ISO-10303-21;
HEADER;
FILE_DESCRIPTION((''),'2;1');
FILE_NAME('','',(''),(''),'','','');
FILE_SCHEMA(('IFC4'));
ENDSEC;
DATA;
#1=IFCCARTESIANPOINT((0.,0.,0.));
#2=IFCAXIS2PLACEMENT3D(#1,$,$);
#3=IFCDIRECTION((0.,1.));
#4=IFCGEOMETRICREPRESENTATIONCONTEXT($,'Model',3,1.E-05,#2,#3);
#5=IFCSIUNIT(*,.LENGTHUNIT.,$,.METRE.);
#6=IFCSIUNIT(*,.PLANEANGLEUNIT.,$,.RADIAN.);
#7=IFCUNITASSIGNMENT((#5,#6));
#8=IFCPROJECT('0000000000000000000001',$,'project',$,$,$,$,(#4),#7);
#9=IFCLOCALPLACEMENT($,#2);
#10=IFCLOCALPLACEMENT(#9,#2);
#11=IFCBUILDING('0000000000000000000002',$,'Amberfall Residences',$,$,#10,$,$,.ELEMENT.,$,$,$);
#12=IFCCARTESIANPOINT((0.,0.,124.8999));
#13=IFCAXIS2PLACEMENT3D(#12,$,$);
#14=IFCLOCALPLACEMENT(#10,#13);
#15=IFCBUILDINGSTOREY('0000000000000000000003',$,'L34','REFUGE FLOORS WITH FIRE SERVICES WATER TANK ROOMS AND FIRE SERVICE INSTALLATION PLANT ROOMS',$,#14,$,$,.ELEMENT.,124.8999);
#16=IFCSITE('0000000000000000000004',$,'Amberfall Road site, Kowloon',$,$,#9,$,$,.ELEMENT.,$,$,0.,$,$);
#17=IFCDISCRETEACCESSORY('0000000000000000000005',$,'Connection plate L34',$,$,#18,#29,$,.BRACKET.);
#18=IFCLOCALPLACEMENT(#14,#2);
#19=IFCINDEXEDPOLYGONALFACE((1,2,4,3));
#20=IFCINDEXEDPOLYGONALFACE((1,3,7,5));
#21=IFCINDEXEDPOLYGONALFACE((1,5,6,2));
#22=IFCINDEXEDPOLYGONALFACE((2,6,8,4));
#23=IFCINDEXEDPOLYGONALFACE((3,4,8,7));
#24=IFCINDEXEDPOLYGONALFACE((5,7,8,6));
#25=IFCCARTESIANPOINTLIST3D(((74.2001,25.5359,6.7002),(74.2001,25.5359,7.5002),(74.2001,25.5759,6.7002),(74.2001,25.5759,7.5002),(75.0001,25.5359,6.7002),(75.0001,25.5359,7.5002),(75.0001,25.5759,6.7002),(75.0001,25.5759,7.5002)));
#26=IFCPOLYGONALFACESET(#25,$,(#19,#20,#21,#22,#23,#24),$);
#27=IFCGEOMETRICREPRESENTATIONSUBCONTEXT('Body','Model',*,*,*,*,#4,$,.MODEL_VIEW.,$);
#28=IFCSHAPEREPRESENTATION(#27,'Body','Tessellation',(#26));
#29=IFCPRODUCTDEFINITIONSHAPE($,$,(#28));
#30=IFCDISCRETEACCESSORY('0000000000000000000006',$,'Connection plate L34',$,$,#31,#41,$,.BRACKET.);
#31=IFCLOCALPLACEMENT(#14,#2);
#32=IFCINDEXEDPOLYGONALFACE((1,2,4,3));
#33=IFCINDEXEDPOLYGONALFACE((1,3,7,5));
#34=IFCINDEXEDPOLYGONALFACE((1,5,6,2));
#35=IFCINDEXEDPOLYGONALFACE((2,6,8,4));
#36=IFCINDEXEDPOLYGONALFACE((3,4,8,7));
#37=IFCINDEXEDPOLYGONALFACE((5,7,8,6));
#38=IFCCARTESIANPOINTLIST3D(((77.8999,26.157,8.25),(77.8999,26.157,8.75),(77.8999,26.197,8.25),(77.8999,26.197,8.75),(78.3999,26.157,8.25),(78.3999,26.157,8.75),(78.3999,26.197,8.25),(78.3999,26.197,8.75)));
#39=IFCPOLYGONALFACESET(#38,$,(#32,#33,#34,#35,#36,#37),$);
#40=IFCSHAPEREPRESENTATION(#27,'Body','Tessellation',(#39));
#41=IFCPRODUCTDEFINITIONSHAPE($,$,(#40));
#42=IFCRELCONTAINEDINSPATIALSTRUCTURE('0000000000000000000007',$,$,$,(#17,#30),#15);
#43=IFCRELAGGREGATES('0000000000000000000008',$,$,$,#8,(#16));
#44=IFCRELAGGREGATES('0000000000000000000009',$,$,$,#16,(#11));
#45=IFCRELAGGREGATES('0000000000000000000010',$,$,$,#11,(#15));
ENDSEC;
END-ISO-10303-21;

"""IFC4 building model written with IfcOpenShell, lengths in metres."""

from ifc_helpers import new_model, si_unit, direction, frame, origin, origin_2d, place, context, subcontext, project, spatial, rectangle, extrude, element, save


model = new_model("IFC4")

# Units and contexts
model_context = context("Model", 3, precision=1e-05, world=origin(), true_north=direction((0.0, 1.0)))
body_context = subcontext(model_context, "Body", "Model", "MODEL_VIEW")
ifc_project = project(units=[si_unit("LENGTHUNIT", "METRE"), si_unit("PLANEANGLEUNIT", "RADIAN")], contexts=[model_context])

# Site, building, storey
site_placement = place(None, origin())
site = spatial("IfcSite", under=ifc_project, at=site_placement, Name="Amberfall Road site, Kowloon", CompositionType="ELEMENT", RefElevation=0.0)
building_placement = place(site_placement, origin())
building = spatial("IfcBuilding", under=site, at=building_placement, Name="Amberfall Residences", CompositionType="ELEMENT")
storey_placement = place(building_placement, frame((0.0, 0.0, 124.8999)))
storey = spatial("IfcBuildingStorey", under=building, at=storey_placement, Name="L34", Description="REFUGE FLOORS WITH FIRE SERVICES WATER TANK ROOMS AND FIRE SERVICE INSTALLATION PLANT ROOMS", CompositionType="ELEMENT", Elevation=124.8999)

# Discrete accessories
discrete_accessory_1_placement = place(storey_placement, frame((74.6001, 25.5559, 6.7002), z_axis=(0.0, 0.0, 1.0), x_axis=(1.0, 0.0, 0.0)))
element("IfcDiscreteAccessory", 1, at=discrete_accessory_1_placement, inside=storey, Name="Connection plate L34", PredefinedType="BRACKET", context=body_context, shape_type="SweptSolid", body=[
    extrude(rectangle(XDim=0.8, YDim=0.04, at=origin_2d()), origin(), (0.0, 0.0, 1.0), 0.8),
])
discrete_accessory_2_placement = place(storey_placement, frame((78.1499, 26.177, 8.25), z_axis=(0.0, 0.0, 1.0), x_axis=(1.0, 0.0, 0.0)))
element("IfcDiscreteAccessory", 2, at=discrete_accessory_2_placement, inside=storey, Name="Connection plate L34", PredefinedType="BRACKET", context=body_context, shape_type="SweptSolid", body=[
    extrude(rectangle(XDim=0.5, YDim=0.04, at=origin_2d()), origin(), (0.0, 0.0, 1.0), 0.5),
])

save(model, "model.ifc")
